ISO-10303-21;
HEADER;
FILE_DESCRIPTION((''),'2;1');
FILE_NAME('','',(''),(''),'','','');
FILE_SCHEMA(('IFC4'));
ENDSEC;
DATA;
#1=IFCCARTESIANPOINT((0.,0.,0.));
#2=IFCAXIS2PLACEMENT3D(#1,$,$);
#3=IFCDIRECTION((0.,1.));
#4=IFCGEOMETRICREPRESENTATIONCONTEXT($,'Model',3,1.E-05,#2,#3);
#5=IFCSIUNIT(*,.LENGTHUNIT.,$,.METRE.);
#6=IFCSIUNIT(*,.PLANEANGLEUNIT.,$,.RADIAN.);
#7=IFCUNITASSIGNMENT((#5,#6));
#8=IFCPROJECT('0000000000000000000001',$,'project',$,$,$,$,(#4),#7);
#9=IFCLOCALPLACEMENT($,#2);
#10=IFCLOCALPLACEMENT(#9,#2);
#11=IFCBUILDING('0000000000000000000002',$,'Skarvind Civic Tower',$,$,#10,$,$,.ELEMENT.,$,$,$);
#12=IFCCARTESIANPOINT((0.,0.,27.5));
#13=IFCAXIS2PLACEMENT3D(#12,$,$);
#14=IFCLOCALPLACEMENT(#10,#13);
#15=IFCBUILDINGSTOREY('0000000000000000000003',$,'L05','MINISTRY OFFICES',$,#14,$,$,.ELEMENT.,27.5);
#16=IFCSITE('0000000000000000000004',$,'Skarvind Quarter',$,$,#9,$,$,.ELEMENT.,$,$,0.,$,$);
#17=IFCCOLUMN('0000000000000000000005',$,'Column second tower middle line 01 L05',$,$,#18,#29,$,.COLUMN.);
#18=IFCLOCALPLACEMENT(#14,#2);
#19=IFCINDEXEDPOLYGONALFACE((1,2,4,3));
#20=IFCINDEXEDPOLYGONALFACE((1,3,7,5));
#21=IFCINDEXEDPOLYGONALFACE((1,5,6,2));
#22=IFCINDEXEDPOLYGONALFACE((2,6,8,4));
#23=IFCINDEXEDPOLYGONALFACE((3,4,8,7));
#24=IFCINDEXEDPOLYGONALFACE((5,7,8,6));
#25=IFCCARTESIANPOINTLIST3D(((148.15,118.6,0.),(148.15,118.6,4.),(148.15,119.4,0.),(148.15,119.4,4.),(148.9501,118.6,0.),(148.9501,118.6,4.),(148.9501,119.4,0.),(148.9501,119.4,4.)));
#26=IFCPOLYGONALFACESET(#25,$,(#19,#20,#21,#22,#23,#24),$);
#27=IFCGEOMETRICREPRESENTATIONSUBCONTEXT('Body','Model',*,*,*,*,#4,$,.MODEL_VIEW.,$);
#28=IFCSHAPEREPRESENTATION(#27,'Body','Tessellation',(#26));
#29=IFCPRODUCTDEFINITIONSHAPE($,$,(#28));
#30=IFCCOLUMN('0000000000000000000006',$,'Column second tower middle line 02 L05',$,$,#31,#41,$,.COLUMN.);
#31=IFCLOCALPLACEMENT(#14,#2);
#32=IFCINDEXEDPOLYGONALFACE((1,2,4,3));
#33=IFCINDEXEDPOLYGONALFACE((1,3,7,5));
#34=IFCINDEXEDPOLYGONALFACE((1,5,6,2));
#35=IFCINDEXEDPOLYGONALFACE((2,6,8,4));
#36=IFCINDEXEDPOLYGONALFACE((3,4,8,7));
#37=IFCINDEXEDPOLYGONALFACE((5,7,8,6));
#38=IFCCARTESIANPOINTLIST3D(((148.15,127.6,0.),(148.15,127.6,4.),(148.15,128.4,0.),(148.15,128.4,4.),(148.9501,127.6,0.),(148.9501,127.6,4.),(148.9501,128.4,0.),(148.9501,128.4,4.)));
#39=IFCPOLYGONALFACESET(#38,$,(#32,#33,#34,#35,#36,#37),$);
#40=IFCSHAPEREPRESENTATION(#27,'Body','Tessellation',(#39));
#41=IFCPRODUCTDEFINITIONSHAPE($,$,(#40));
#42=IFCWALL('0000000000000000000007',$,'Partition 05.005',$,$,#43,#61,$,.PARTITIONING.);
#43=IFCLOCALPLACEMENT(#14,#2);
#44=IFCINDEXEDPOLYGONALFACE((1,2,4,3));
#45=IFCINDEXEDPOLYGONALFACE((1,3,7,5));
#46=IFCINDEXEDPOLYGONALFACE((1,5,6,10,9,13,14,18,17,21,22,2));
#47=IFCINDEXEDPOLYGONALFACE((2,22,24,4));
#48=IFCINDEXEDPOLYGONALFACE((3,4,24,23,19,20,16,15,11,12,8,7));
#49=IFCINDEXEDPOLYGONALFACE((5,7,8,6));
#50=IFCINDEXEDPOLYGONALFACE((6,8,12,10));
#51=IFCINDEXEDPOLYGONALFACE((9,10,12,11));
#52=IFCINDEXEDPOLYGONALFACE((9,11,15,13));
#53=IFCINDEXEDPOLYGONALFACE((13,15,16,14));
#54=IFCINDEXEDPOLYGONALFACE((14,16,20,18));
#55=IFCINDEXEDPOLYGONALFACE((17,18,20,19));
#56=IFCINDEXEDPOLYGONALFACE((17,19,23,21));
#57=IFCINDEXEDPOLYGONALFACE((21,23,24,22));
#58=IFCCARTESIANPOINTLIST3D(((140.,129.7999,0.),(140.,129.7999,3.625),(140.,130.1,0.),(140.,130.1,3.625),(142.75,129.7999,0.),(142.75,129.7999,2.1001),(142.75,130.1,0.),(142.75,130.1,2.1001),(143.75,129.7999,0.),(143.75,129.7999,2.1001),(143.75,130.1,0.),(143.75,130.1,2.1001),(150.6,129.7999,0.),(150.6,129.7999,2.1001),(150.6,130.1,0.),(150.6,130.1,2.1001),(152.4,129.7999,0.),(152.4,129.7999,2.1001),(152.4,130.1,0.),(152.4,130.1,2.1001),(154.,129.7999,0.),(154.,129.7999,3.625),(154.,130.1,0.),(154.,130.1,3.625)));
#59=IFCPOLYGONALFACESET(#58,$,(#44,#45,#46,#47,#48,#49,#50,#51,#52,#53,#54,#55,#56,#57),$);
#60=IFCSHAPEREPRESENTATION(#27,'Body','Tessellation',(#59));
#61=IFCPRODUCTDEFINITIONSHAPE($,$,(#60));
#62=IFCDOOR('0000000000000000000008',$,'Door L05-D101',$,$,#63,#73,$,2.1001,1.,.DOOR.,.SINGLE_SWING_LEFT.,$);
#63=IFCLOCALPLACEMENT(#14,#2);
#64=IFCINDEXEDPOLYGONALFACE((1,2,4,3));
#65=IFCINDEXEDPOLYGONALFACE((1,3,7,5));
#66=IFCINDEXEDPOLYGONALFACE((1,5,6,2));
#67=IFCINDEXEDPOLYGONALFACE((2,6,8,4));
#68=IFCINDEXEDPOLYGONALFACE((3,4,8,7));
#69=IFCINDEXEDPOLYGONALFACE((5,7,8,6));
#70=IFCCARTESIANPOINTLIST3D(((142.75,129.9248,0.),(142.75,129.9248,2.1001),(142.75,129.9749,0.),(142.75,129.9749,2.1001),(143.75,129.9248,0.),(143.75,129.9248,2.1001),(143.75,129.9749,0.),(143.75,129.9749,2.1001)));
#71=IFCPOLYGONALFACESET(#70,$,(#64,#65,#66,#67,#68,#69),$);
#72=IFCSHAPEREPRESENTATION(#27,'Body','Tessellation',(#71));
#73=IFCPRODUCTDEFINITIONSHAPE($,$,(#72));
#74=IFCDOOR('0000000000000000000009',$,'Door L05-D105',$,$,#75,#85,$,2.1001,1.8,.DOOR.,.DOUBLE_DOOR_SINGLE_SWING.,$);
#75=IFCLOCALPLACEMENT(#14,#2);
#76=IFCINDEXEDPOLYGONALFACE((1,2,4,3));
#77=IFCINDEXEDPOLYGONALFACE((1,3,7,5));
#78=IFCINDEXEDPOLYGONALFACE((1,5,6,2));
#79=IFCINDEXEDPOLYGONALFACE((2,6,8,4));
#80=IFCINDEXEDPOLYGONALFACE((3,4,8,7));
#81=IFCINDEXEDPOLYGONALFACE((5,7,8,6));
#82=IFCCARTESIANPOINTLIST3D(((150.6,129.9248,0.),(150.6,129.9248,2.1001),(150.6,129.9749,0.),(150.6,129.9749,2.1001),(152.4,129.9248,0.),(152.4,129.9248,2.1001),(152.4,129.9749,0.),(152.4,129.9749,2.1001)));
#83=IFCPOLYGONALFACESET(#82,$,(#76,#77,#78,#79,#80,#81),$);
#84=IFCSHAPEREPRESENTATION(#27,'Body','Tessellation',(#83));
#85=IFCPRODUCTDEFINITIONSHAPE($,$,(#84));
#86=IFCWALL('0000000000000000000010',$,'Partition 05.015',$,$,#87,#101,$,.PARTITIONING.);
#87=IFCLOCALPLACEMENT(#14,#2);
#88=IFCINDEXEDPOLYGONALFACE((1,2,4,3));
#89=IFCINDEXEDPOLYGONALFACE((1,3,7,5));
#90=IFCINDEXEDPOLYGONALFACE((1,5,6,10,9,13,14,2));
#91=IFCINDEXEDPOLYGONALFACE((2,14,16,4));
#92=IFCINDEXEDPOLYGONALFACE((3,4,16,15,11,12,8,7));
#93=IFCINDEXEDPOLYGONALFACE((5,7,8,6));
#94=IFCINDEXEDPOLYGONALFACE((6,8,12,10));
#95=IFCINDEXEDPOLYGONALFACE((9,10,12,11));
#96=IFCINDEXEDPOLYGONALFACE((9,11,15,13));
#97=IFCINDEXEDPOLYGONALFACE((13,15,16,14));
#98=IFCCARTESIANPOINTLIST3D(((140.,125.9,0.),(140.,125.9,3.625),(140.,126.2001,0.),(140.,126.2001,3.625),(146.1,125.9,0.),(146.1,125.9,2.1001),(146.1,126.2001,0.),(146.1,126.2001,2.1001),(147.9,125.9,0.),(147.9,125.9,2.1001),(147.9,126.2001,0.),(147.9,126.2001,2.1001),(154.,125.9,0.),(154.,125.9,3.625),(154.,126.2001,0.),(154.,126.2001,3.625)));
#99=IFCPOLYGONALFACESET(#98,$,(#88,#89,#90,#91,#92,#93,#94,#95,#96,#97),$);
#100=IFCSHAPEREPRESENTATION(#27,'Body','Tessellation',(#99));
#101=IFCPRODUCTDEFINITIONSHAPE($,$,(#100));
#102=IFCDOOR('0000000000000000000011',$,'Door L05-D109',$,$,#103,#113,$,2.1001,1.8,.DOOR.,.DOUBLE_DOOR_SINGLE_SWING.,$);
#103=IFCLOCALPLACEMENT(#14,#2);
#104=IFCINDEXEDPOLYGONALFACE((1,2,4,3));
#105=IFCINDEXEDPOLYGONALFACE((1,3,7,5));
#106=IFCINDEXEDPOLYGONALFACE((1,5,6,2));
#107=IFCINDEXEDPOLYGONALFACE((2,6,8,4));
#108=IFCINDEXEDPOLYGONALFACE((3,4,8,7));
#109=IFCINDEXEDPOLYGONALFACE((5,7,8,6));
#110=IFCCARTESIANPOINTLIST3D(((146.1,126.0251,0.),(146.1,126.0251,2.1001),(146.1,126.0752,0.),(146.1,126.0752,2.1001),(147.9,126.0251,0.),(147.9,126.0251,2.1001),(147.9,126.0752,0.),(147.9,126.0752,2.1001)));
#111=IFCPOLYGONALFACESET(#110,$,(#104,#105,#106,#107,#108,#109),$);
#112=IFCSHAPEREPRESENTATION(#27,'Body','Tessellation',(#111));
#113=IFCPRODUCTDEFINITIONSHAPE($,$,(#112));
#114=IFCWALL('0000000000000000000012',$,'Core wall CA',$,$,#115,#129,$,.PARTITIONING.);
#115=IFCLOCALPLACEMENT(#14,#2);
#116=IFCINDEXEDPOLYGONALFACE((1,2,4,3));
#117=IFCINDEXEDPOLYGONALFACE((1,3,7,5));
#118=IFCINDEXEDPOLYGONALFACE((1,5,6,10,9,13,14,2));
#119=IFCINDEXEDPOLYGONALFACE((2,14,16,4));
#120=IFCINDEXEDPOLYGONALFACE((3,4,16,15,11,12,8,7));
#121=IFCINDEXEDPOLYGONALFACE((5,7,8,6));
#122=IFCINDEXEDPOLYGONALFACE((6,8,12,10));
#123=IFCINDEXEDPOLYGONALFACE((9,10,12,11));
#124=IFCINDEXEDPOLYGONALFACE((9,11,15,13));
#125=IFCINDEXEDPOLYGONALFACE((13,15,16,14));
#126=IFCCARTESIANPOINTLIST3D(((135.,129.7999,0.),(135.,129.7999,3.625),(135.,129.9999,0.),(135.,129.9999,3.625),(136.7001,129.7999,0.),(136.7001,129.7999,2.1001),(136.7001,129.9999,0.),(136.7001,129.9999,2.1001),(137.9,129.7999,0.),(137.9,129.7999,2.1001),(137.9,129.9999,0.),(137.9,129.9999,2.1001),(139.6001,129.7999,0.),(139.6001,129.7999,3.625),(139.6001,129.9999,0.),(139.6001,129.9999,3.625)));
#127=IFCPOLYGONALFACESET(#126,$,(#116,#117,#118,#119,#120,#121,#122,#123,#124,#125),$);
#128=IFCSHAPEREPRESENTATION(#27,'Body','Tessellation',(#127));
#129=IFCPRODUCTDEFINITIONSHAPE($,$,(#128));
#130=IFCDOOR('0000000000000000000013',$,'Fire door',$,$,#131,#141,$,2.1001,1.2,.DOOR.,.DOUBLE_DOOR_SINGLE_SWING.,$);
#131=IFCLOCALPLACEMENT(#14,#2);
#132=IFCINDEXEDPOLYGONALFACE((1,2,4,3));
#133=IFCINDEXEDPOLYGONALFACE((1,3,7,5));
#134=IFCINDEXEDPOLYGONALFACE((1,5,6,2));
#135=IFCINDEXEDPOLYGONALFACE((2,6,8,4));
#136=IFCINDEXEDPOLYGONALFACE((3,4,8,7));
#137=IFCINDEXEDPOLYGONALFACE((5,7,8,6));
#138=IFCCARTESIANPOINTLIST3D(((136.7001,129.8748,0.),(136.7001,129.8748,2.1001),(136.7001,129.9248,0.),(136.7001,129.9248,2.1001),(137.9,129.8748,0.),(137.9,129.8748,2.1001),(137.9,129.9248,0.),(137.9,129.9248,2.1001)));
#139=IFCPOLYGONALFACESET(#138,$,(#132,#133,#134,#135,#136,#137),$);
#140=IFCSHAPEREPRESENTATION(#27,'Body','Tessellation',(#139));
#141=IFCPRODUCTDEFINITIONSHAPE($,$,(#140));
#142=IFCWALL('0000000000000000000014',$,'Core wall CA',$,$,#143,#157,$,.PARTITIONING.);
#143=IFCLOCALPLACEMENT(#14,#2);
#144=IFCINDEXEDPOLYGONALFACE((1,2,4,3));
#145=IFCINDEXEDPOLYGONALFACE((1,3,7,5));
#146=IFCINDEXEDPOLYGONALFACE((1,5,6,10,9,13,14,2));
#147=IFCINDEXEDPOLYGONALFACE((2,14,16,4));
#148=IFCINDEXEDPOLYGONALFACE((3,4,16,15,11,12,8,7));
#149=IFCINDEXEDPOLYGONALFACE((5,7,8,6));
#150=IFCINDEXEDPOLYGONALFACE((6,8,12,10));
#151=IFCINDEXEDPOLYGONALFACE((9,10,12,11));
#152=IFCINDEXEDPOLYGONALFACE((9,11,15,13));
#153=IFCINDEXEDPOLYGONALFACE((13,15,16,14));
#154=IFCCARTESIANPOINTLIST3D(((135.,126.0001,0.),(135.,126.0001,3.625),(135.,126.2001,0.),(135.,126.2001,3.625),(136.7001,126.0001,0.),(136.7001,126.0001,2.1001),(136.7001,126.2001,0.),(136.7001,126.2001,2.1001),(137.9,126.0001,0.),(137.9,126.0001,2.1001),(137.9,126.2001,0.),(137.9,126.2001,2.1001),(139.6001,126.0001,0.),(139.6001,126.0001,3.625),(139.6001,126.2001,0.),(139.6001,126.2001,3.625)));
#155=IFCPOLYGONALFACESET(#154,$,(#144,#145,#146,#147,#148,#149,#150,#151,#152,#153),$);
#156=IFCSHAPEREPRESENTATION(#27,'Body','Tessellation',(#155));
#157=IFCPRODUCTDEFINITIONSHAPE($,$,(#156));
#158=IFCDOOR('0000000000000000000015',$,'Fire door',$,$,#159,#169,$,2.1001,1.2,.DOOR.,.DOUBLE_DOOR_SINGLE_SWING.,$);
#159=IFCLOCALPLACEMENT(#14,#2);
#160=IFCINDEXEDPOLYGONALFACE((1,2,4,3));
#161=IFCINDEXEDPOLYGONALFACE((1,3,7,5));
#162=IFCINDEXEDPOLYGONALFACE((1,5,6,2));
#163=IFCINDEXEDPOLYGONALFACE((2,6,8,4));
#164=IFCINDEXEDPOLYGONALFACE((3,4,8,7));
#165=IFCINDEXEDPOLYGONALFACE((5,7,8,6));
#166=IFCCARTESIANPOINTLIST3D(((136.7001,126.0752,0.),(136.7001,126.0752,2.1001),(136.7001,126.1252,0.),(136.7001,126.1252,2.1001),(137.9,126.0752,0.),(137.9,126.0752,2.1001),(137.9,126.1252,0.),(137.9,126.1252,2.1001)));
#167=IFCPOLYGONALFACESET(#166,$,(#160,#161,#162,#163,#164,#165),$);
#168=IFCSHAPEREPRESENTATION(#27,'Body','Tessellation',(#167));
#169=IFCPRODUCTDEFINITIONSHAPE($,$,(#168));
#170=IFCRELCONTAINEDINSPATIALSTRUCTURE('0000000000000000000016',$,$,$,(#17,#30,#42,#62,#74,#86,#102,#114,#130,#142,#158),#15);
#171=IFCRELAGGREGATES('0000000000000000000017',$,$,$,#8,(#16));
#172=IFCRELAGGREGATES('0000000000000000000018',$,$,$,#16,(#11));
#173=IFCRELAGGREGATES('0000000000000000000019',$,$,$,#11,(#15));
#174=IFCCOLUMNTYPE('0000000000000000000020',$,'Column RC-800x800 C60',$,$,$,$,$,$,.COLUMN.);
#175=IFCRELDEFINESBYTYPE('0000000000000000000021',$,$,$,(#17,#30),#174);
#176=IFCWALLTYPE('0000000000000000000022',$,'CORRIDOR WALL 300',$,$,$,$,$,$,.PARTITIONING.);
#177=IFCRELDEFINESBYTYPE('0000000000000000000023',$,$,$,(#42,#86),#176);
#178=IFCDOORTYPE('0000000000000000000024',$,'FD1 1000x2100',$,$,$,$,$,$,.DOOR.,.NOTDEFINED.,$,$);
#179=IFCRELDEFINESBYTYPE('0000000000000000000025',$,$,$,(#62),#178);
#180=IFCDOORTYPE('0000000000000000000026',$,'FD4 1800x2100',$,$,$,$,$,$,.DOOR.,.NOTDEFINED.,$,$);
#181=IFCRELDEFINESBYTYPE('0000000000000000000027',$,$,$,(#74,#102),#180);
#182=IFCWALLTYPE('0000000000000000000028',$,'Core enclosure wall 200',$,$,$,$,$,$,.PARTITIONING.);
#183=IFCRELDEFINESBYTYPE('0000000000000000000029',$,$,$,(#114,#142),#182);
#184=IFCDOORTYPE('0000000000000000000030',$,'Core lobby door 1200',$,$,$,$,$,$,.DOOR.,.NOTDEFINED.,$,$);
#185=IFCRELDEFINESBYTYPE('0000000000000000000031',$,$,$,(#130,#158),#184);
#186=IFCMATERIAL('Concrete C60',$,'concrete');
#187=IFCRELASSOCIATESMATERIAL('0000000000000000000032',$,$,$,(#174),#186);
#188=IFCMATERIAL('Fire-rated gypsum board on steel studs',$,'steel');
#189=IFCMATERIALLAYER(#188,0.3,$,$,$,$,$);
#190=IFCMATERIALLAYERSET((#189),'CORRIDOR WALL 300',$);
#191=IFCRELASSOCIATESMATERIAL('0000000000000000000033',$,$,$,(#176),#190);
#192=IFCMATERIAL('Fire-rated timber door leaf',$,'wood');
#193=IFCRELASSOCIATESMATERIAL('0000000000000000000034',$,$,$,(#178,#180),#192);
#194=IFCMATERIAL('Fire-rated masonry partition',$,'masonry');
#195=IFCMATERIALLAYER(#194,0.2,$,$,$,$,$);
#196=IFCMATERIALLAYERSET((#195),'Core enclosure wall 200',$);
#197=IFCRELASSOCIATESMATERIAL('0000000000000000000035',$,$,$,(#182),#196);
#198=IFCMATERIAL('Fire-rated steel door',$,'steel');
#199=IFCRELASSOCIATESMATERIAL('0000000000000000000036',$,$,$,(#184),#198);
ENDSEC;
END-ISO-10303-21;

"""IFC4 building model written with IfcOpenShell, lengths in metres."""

from ifc_helpers import new_model, si_unit, direction, frame, frame_2d, origin, origin_2d, place, context, subcontext, project, spatial, rectangle, extrude, material, layer, layer_set, material_profile, profile_set, type_object, element, fill, save


model = new_model("IFC4")

# Units and contexts
model_context = context("Model", 3, precision=1e-05, world=origin(), true_north=direction((0.0, 1.0)))
body_context = subcontext(model_context, "Body", "Model", "MODEL_VIEW")
ifc_project = project(units=[si_unit("LENGTHUNIT", "METRE"), si_unit("PLANEANGLEUNIT", "RADIAN")], contexts=[model_context])

# Site, building, storey
site_placement = place(None, origin())
site = spatial("IfcSite", under=ifc_project, at=site_placement, Name="Skarvind Quarter", CompositionType="ELEMENT", RefElevation=0.0)
building_placement = place(site_placement, origin())
building = spatial("IfcBuilding", under=site, at=building_placement, Name="Skarvind Civic Tower", CompositionType="ELEMENT")
storey_placement = place(building_placement, frame((0.0, 0.0, 27.5)))
storey = spatial("IfcBuildingStorey", under=building, at=storey_placement, Name="L05", Description="MINISTRY OFFICES", CompositionType="ELEMENT", Elevation=27.5)

# Columns
ifc_material_1 = material(Name="Concrete C60", Category="concrete")
ifc_material_profile = material_profile(ifc_material_1, rectangle(XDim=0.8, YDim=0.8, at=origin_2d()), Name="RC-800x800")
ifc_profile_set = profile_set([ifc_material_profile], Name="Concrete C60")
column_type = type_object("IfcColumnType", Name="Column RC-800x800 C60", PredefinedType="COLUMN", material=ifc_profile_set)
for number, where, z_axis, x_axis, name in (
    (1, (148.55, 119.0, 0.0), (0.0, 0.0, 1.0), (1.0, 0.0, 0.0), "Column second tower middle line 01 L05"),
    (2, (148.55, 128.0, 0.0), (0.0, 0.0, 1.0), (1.0, 0.0, 0.0), "Column second tower middle line 02 L05"),
):
    element("IfcColumn", number, at=place(storey_placement, frame(where, z_axis=z_axis, x_axis=x_axis)), inside=storey, type_object=column_type, Name=name, PredefinedType="COLUMN", context=body_context, shape_type="SweptSolid", body=[
        extrude(rectangle(XDim=0.8, YDim=0.8, at=origin_2d()), origin(), (0.0, 0.0, 1.0), 4.0),
    ])

# Wall, openings, doors
ifc_material_2 = material(Name="Fire-rated gypsum board on steel studs", Category="steel")
ifc_layer_1 = layer(ifc_material_2, 0.3)
ifc_layer_set_1 = layer_set([ifc_layer_1], Name="CORRIDOR WALL 300")
wall_type_1 = type_object("IfcWallType", Name="CORRIDOR WALL 300", PredefinedType="PARTITIONING", material=ifc_layer_set_1)
wall_1_placement = place(storey_placement, frame((140.0, 129.95, 0.0), z_axis=(0.0, 0.0, 1.0), x_axis=(1.0, 0.0, 0.0)))
wall_1 = element("IfcWall", 3, at=wall_1_placement, inside=storey, type_object=wall_type_1, Name="Partition 05.005", PredefinedType="PARTITIONING", context=body_context, shape_type="SweptSolid", body=[
    extrude(rectangle(XDim=14.0, YDim=0.3, at=frame_2d((7.0, 0.0))), origin(), (0.0, 0.0, 1.0), 3.625),
])
opening_1_placement = place(wall_1_placement, frame((2.75, 0.0, 0.0)))
opening_1 = element("IfcOpeningElement", 4, at=opening_1_placement, cuts=wall_1, PredefinedType="OPENING", context=body_context, shape_type="SweptSolid", body=[
    extrude(rectangle(XDim=1.0, YDim=2.1001, at=frame_2d((0.5, 1.05))), frame((0.0, 0.1599, 0.0), z_axis=(0.0, -1.0, 0.0), x_axis=(1.0, 0.0, 0.0)), (0.0, 0.0, 1.0), 0.3201),
])
opening_2_placement = place(wall_1_placement, frame((10.6001, 0.0, 0.0)))
opening_2 = element("IfcOpeningElement", 5, at=opening_2_placement, cuts=wall_1, PredefinedType="OPENING", context=body_context, shape_type="SweptSolid", body=[
    extrude(rectangle(XDim=1.8, YDim=2.1001, at=frame_2d((0.8999, 1.05))), frame((0.0, 0.1599, 0.0), z_axis=(0.0, -1.0, 0.0), x_axis=(1.0, 0.0, 0.0)), (0.0, 0.0, 1.0), 0.3201),
])
ifc_material_3 = material(Name="Fire-rated timber door leaf", Category="wood")
door_type_1 = type_object("IfcDoorType", Name="FD1 1000x2100", OperationType="NOTDEFINED", PredefinedType="DOOR", material=ifc_material_3)
door_1_placement = place(opening_1_placement, origin())
door_1 = element("IfcDoor", 6, at=door_1_placement, inside=storey, type_object=door_type_1, Name="Door L05-D101", OperationType="SINGLE_SWING_LEFT", OverallHeight=2.1001, OverallWidth=1.0, PredefinedType="DOOR", context=body_context, shape_type="SweptSolid", body=[
    extrude(rectangle(XDim=1.0, YDim=2.1001, at=frame_2d((0.5, 1.05))), frame((0.0, 0.0249, 0.0), z_axis=(0.0, -1.0, 0.0), x_axis=(1.0, 0.0, 0.0)), (0.0, 0.0, 1.0), 0.05),
])
fill(opening_1, door_1)
door_type_2 = type_object("IfcDoorType", Name="FD4 1800x2100", OperationType="NOTDEFINED", PredefinedType="DOOR", material=ifc_material_3)
door_2_placement = place(opening_2_placement, origin())
door_2 = element("IfcDoor", 7, at=door_2_placement, inside=storey, type_object=door_type_2, Name="Door L05-D105", OperationType="DOUBLE_DOOR_SINGLE_SWING", OverallHeight=2.1001, OverallWidth=1.8, PredefinedType="DOOR", context=body_context, shape_type="SweptSolid", body=[
    extrude(rectangle(XDim=1.8, YDim=2.1001, at=frame_2d((0.8999, 1.05))), frame((0.0, 0.0249, 0.0), z_axis=(0.0, -1.0, 0.0), x_axis=(1.0, 0.0, 0.0)), (0.0, 0.0, 1.0), 0.05),
])
fill(opening_2, door_2)

# Walls, openings, doors
wall_2_placement = place(storey_placement, frame((154.0, 126.05, 0.0), z_axis=(0.0, 0.0, 1.0), x_axis=(-1.0, 0.0, 0.0)))
wall_2 = element("IfcWall", 8, at=wall_2_placement, inside=storey, type_object=wall_type_1, Name="Partition 05.015", PredefinedType="PARTITIONING", context=body_context, shape_type="SweptSolid", body=[
    extrude(rectangle(XDim=14.0, YDim=0.3, at=frame_2d((7.0, 0.0))), origin(), (0.0, 0.0, 1.0), 3.625),
])
opening_3_placement = place(wall_2_placement, frame((6.1001, 0.0, 0.0)))
opening_3 = element("IfcOpeningElement", 9, at=opening_3_placement, cuts=wall_2, PredefinedType="OPENING", context=body_context, shape_type="SweptSolid", body=[
    extrude(rectangle(XDim=1.8, YDim=2.1001, at=frame_2d((0.8999, 1.05))), frame((0.0, 0.1599, 0.0), z_axis=(0.0, -1.0, 0.0), x_axis=(1.0, 0.0, 0.0)), (0.0, 0.0, 1.0), 0.3201),
])
door_3_placement = place(opening_3_placement, origin())
door_3 = element("IfcDoor", 10, at=door_3_placement, inside=storey, type_object=door_type_2, Name="Door L05-D109", OperationType="DOUBLE_DOOR_SINGLE_SWING", OverallHeight=2.1001, OverallWidth=1.8, PredefinedType="DOOR", context=body_context, shape_type="SweptSolid", body=[
    extrude(rectangle(XDim=1.8, YDim=2.1001, at=frame_2d((0.8999, 1.05))), frame((0.0, 0.0249, 0.0), z_axis=(0.0, -1.0, 0.0), x_axis=(1.0, 0.0, 0.0)), (0.0, 0.0, 1.0), 0.05),
])
fill(opening_3, door_3)
ifc_material_4 = material(Name="Fire-rated masonry partition", Category="masonry")
ifc_layer_2 = layer(ifc_material_4, 0.2)
ifc_layer_set_2 = layer_set([ifc_layer_2], Name="Core enclosure wall 200")
wall_type_2 = type_object("IfcWallType", Name="Core enclosure wall 200", PredefinedType="PARTITIONING", material=ifc_layer_set_2)
wall_3_placement = place(storey_placement, frame((135.0, 129.8999, 0.0), z_axis=(0.0, 0.0, 1.0), x_axis=(1.0, 0.0, 0.0)))
wall_3 = element("IfcWall", 11, at=wall_3_placement, inside=storey, type_object=wall_type_2, Name="Core wall CA", PredefinedType="PARTITIONING", context=body_context, shape_type="SweptSolid", body=[
    extrude(rectangle(XDim=4.6001, YDim=0.2, at=frame_2d((2.3, 0.0))), origin(), (0.0, 0.0, 1.0), 3.625),
])
opening_4_placement = place(wall_3_placement, frame((1.7, 0.0, 0.0)))
opening_4 = element("IfcOpeningElement", 12, at=opening_4_placement, cuts=wall_3, PredefinedType="OPENING", context=body_context, shape_type="SweptSolid", body=[
    extrude(rectangle(XDim=1.2, YDim=2.1001, at=frame_2d((0.6001, 1.05))), frame((0.0, 0.1099, 0.0), z_axis=(0.0, -1.0, 0.0), x_axis=(1.0, 0.0, 0.0)), (0.0, 0.0, 1.0), 0.22),
])
ifc_material_5 = material(Name="Fire-rated steel door", Category="steel")
door_type_3 = type_object("IfcDoorType", Name="Core lobby door 1200", OperationType="NOTDEFINED", PredefinedType="DOOR", material=ifc_material_5)
door_4_placement = place(opening_4_placement, origin())
door_4 = element("IfcDoor", 13, at=door_4_placement, inside=storey, type_object=door_type_3, Name="Fire door", OperationType="DOUBLE_DOOR_SINGLE_SWING", OverallHeight=2.1001, OverallWidth=1.2, PredefinedType="DOOR", context=body_context, shape_type="SweptSolid", body=[
    extrude(rectangle(XDim=1.2, YDim=2.1001, at=frame_2d((0.6001, 1.05))), frame((0.0, 0.0249, 0.0), z_axis=(0.0, -1.0, 0.0), x_axis=(1.0, 0.0, 0.0)), (0.0, 0.0, 1.0), 0.05),
])
fill(opening_4, door_4)
wall_4_placement = place(storey_placement, frame((139.6001, 126.1001, 0.0), z_axis=(0.0, 0.0, 1.0), x_axis=(-1.0, 0.0, 0.0)))
wall_4 = element("IfcWall", 14, at=wall_4_placement, inside=storey, type_object=wall_type_2, Name="Core wall CA", PredefinedType="PARTITIONING", context=body_context, shape_type="SweptSolid", body=[
    extrude(rectangle(XDim=4.6001, YDim=0.2, at=frame_2d((2.3, 0.0))), origin(), (0.0, 0.0, 1.0), 3.625),
])
opening_5_placement = place(wall_4_placement, frame((1.7, 0.0, 0.0)))
opening_5 = element("IfcOpeningElement", 15, at=opening_5_placement, cuts=wall_4, PredefinedType="OPENING", context=body_context, shape_type="SweptSolid", body=[
    extrude(rectangle(XDim=1.2, YDim=2.1001, at=frame_2d((0.6001, 1.05))), frame((0.0, 0.1099, 0.0), z_axis=(0.0, -1.0, 0.0), x_axis=(1.0, 0.0, 0.0)), (0.0, 0.0, 1.0), 0.22),
])
door_5_placement = place(opening_5_placement, origin())
door_5 = element("IfcDoor", 16, at=door_5_placement, inside=storey, type_object=door_type_3, Name="Fire door", OperationType="DOUBLE_DOOR_SINGLE_SWING", OverallHeight=2.1001, OverallWidth=1.2, PredefinedType="DOOR", context=body_context, shape_type="SweptSolid", body=[
    extrude(rectangle(XDim=1.2, YDim=2.1001, at=frame_2d((0.6001, 1.05))), frame((0.0, 0.0249, 0.0), z_axis=(0.0, -1.0, 0.0), x_axis=(1.0, 0.0, 0.0)), (0.0, 0.0, 1.0), 0.05),
])
fill(opening_5, door_5)

save(model, "model.ifc")
